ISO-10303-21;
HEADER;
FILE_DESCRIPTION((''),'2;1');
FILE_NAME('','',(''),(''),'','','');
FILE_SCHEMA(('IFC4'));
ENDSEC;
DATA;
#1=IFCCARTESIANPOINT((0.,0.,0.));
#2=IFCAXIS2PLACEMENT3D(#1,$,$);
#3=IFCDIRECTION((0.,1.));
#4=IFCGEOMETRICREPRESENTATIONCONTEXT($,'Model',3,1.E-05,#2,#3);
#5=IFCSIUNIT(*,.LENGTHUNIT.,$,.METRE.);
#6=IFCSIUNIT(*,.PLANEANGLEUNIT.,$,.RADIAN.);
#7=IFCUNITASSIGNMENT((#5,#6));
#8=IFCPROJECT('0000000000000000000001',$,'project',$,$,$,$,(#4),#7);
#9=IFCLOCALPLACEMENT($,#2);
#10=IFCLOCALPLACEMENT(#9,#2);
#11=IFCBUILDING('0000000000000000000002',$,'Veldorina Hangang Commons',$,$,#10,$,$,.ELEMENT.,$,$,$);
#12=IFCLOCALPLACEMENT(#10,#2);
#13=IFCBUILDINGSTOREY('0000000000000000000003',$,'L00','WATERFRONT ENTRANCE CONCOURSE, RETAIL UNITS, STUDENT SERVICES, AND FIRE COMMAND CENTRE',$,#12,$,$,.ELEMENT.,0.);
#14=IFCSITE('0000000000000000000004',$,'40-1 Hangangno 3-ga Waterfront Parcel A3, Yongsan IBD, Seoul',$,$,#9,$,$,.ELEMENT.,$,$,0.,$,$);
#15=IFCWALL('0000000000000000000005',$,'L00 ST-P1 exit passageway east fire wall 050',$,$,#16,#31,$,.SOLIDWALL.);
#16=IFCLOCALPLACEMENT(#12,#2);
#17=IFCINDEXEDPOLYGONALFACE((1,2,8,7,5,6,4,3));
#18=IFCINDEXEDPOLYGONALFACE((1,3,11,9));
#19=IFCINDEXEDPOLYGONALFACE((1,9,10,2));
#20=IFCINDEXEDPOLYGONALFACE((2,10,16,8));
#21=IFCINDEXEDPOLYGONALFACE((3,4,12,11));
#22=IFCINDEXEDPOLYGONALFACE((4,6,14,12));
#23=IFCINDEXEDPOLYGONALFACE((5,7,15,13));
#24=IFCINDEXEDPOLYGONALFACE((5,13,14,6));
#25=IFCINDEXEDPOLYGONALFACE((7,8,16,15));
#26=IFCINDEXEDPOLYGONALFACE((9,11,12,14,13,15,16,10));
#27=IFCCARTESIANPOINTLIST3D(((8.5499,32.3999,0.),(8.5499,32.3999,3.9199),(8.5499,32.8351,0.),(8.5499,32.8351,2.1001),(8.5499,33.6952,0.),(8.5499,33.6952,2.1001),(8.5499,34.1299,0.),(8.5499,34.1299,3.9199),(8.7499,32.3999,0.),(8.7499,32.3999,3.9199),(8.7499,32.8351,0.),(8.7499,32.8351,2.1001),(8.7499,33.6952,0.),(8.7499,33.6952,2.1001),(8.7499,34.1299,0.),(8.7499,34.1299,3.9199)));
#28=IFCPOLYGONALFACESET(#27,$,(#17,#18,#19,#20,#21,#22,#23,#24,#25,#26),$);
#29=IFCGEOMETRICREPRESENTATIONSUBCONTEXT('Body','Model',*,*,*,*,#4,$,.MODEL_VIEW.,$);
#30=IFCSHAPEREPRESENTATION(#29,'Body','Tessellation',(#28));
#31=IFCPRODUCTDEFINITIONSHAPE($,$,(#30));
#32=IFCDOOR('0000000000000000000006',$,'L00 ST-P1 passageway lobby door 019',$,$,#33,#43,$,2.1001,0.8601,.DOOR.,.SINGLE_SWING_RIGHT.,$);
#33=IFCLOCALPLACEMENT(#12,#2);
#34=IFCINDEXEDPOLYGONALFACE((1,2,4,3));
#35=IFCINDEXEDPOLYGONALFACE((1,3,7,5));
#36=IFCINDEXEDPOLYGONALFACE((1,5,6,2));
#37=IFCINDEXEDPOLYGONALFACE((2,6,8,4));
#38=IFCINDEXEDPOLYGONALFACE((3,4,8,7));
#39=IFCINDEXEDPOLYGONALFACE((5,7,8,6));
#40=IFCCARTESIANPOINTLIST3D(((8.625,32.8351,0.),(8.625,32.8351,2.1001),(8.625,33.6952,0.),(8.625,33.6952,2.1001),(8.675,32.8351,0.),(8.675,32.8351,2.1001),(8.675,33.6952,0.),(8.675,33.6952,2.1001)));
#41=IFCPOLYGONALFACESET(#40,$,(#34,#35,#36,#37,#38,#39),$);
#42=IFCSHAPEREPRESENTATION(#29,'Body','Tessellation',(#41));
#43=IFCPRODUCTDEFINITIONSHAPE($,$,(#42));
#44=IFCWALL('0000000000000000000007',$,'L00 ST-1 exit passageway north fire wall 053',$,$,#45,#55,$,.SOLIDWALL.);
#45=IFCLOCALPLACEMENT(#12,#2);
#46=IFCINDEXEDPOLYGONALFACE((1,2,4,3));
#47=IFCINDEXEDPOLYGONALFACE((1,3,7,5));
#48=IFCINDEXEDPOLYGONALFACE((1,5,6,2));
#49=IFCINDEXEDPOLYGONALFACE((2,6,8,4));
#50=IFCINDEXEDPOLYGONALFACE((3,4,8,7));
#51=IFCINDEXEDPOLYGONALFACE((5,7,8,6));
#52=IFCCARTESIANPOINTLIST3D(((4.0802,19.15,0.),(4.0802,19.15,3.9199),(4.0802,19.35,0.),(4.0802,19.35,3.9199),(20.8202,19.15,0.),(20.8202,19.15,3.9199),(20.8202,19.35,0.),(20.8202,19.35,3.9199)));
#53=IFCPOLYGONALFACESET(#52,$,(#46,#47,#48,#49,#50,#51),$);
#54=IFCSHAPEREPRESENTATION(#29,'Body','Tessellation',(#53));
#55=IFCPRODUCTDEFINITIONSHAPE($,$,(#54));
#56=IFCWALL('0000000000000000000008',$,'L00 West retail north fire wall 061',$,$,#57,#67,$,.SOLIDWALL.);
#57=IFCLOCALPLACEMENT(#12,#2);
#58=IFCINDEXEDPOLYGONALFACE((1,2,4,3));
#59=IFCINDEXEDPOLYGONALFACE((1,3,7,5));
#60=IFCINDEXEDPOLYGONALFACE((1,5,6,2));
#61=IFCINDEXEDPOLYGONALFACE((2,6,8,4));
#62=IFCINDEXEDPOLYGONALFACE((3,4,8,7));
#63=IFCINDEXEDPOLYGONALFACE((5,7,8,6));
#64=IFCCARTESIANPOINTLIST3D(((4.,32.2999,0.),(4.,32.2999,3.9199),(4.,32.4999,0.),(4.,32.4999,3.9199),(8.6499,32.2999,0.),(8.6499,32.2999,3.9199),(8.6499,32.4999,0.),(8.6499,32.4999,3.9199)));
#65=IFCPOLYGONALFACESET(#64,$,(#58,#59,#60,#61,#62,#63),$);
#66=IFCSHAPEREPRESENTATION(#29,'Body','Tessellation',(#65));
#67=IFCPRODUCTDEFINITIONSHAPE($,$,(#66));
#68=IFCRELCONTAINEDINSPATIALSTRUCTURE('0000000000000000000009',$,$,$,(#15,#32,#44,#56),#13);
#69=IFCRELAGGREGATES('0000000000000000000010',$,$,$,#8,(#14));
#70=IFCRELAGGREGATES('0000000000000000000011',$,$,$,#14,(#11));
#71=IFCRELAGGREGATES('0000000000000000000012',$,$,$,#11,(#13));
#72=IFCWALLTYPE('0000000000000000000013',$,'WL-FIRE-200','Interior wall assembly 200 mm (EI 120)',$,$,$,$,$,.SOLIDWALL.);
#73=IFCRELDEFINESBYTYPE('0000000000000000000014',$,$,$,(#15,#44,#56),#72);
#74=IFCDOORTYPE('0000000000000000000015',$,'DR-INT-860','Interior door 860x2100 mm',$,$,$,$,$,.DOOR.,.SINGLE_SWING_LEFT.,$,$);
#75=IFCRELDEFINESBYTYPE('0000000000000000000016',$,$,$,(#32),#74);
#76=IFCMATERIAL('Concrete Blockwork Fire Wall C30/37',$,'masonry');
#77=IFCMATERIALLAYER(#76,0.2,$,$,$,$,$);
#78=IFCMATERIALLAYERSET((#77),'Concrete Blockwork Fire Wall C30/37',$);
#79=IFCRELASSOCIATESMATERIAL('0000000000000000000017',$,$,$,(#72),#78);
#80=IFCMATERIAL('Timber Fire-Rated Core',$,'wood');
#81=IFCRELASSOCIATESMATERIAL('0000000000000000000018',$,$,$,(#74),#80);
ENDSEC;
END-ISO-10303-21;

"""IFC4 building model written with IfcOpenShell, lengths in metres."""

from ifc_helpers import new_model, si_unit, direction, frame, frame_2d, origin, place, context, subcontext, project, spatial, rectangle, extrude, material, layer, layer_set, type_object, element, fill, save


model = new_model("IFC4")

# Units and contexts
model_context = context("Model", 3, precision=1e-05, world=origin(), true_north=direction((0.0, 1.0)))
body_context = subcontext(model_context, "Body", "Model", "MODEL_VIEW")
ifc_project = project(units=[si_unit("LENGTHUNIT", "METRE"), si_unit("PLANEANGLEUNIT", "RADIAN")], contexts=[model_context])

# Site, building, storey
site_placement = place(None, origin())
site = spatial("IfcSite", under=ifc_project, at=site_placement, Name="40-1 Hangangno 3-ga Waterfront Parcel A3, Yongsan IBD, Seoul", CompositionType="ELEMENT", RefElevation=0.0)
building_placement = place(site_placement, origin())
building = spatial("IfcBuilding", under=site, at=building_placement, Name="Veldorina Hangang Commons", CompositionType="ELEMENT")
storey_placement = place(building_placement, origin())
storey = spatial("IfcBuildingStorey", under=building, at=storey_placement, Name="L00", Description="WATERFRONT ENTRANCE CONCOURSE, RETAIL UNITS, STUDENT SERVICES, AND FIRE COMMAND CENTRE", CompositionType="ELEMENT", Elevation=0.0)

# Wall, opening, door
ifc_material_1 = material(Name="Concrete Blockwork Fire Wall C30/37", Category="masonry")
ifc_layer_1 = layer(ifc_material_1, 0.2)
ifc_layer_set_1 = layer_set([ifc_layer_1], Name="Concrete Blockwork Fire Wall C30/37")
wall_type_1 = type_object("IfcWallType", Name="WL-FIRE-200", Description="Interior wall assembly 200 mm (EI 120)", PredefinedType="SOLIDWALL", material=ifc_layer_set_1)
wall_1_placement = place(storey_placement, frame((8.6499, 32.3999, 0.0), z_axis=(0.0, 0.0, 1.0), x_axis=(0.0, 1.0, 0.0)))
wall_1 = element("IfcWall", 1, at=wall_1_placement, inside=storey, type_object=wall_type_1, Name="L00 ST-P1 exit passageway east fire wall 050", PredefinedType="SOLIDWALL", context=body_context, shape_type="SweptSolid", body=[
    extrude(rectangle(XDim=1.73, YDim=0.2, at=frame_2d((0.865, 0.0))), origin(), (0.0, 0.0, 1.0), 3.9199),
])
opening_1_placement = place(wall_1_placement, frame((0.4351, 0.0, 0.0)))
opening_1 = element("IfcOpeningElement", 2, at=opening_1_placement, cuts=wall_1, PredefinedType="OPENING", context=body_context, shape_type="SweptSolid", body=[
    extrude(rectangle(XDim=0.8601, YDim=2.1001, at=frame_2d((0.4302, 1.05))), frame((0.0, 0.1099, 0.0), z_axis=(0.0, -1.0, 0.0), x_axis=(1.0, 0.0, 0.0)), (0.0, 0.0, 1.0), 0.22),
])
ifc_material_2 = material(Name="Timber Fire-Rated Core", Category="wood")
door_type_1 = type_object("IfcDoorType", Name="DR-INT-860", Description="Interior door 860x2100 mm", OperationType="SINGLE_SWING_LEFT", PredefinedType="DOOR", material=ifc_material_2)
door_1_placement = place(opening_1_placement, origin())
door_1 = element("IfcDoor", 3, at=door_1_placement, inside=storey, type_object=door_type_1, Name="L00 ST-P1 passageway lobby door 019", OperationType="SINGLE_SWING_RIGHT", OverallHeight=2.1001, OverallWidth=0.8601, PredefinedType="DOOR", context=body_context, shape_type="SweptSolid", body=[
    extrude(rectangle(XDim=0.8601, YDim=2.1001, at=frame_2d((0.4302, 1.05))), frame((0.0, 0.0249, 0.0), z_axis=(0.0, -1.0, 0.0), x_axis=(1.0, 0.0, 0.0)), (0.0, 0.0, 1.0), 0.05),
])
fill(opening_1, door_1)

# Walls
wall_2_placement = place(storey_placement, frame((4.0801, 19.25, 0.0), z_axis=(0.0, 0.0, 1.0), x_axis=(1.0, 0.0, 0.0)))
element("IfcWall", 4, at=wall_2_placement, inside=storey, type_object=wall_type_1, Name="L00 ST-1 exit passageway north fire wall 053", PredefinedType="SOLIDWALL", context=body_context, shape_type="SweptSolid", body=[
    extrude(rectangle(XDim=16.74, YDim=0.2, at=frame_2d((8.3701, 0.0))), origin(), (0.0, 0.0, 1.0), 3.9199),
])
wall_3_placement = place(storey_placement, frame((4.0, 32.3999, 0.0), z_axis=(0.0, 0.0, 1.0), x_axis=(1.0, 0.0, 0.0)))
element("IfcWall", 5, at=wall_3_placement, inside=storey, type_object=wall_type_1, Name="L00 West retail north fire wall 061", PredefinedType="SOLIDWALL", context=body_context, shape_type="SweptSolid", body=[
    extrude(rectangle(XDim=4.6499, YDim=0.2, at=frame_2d((2.325, 0.0))), origin(), (0.0, 0.0, 1.0), 3.9199),
])

save(model, "model.ifc")
